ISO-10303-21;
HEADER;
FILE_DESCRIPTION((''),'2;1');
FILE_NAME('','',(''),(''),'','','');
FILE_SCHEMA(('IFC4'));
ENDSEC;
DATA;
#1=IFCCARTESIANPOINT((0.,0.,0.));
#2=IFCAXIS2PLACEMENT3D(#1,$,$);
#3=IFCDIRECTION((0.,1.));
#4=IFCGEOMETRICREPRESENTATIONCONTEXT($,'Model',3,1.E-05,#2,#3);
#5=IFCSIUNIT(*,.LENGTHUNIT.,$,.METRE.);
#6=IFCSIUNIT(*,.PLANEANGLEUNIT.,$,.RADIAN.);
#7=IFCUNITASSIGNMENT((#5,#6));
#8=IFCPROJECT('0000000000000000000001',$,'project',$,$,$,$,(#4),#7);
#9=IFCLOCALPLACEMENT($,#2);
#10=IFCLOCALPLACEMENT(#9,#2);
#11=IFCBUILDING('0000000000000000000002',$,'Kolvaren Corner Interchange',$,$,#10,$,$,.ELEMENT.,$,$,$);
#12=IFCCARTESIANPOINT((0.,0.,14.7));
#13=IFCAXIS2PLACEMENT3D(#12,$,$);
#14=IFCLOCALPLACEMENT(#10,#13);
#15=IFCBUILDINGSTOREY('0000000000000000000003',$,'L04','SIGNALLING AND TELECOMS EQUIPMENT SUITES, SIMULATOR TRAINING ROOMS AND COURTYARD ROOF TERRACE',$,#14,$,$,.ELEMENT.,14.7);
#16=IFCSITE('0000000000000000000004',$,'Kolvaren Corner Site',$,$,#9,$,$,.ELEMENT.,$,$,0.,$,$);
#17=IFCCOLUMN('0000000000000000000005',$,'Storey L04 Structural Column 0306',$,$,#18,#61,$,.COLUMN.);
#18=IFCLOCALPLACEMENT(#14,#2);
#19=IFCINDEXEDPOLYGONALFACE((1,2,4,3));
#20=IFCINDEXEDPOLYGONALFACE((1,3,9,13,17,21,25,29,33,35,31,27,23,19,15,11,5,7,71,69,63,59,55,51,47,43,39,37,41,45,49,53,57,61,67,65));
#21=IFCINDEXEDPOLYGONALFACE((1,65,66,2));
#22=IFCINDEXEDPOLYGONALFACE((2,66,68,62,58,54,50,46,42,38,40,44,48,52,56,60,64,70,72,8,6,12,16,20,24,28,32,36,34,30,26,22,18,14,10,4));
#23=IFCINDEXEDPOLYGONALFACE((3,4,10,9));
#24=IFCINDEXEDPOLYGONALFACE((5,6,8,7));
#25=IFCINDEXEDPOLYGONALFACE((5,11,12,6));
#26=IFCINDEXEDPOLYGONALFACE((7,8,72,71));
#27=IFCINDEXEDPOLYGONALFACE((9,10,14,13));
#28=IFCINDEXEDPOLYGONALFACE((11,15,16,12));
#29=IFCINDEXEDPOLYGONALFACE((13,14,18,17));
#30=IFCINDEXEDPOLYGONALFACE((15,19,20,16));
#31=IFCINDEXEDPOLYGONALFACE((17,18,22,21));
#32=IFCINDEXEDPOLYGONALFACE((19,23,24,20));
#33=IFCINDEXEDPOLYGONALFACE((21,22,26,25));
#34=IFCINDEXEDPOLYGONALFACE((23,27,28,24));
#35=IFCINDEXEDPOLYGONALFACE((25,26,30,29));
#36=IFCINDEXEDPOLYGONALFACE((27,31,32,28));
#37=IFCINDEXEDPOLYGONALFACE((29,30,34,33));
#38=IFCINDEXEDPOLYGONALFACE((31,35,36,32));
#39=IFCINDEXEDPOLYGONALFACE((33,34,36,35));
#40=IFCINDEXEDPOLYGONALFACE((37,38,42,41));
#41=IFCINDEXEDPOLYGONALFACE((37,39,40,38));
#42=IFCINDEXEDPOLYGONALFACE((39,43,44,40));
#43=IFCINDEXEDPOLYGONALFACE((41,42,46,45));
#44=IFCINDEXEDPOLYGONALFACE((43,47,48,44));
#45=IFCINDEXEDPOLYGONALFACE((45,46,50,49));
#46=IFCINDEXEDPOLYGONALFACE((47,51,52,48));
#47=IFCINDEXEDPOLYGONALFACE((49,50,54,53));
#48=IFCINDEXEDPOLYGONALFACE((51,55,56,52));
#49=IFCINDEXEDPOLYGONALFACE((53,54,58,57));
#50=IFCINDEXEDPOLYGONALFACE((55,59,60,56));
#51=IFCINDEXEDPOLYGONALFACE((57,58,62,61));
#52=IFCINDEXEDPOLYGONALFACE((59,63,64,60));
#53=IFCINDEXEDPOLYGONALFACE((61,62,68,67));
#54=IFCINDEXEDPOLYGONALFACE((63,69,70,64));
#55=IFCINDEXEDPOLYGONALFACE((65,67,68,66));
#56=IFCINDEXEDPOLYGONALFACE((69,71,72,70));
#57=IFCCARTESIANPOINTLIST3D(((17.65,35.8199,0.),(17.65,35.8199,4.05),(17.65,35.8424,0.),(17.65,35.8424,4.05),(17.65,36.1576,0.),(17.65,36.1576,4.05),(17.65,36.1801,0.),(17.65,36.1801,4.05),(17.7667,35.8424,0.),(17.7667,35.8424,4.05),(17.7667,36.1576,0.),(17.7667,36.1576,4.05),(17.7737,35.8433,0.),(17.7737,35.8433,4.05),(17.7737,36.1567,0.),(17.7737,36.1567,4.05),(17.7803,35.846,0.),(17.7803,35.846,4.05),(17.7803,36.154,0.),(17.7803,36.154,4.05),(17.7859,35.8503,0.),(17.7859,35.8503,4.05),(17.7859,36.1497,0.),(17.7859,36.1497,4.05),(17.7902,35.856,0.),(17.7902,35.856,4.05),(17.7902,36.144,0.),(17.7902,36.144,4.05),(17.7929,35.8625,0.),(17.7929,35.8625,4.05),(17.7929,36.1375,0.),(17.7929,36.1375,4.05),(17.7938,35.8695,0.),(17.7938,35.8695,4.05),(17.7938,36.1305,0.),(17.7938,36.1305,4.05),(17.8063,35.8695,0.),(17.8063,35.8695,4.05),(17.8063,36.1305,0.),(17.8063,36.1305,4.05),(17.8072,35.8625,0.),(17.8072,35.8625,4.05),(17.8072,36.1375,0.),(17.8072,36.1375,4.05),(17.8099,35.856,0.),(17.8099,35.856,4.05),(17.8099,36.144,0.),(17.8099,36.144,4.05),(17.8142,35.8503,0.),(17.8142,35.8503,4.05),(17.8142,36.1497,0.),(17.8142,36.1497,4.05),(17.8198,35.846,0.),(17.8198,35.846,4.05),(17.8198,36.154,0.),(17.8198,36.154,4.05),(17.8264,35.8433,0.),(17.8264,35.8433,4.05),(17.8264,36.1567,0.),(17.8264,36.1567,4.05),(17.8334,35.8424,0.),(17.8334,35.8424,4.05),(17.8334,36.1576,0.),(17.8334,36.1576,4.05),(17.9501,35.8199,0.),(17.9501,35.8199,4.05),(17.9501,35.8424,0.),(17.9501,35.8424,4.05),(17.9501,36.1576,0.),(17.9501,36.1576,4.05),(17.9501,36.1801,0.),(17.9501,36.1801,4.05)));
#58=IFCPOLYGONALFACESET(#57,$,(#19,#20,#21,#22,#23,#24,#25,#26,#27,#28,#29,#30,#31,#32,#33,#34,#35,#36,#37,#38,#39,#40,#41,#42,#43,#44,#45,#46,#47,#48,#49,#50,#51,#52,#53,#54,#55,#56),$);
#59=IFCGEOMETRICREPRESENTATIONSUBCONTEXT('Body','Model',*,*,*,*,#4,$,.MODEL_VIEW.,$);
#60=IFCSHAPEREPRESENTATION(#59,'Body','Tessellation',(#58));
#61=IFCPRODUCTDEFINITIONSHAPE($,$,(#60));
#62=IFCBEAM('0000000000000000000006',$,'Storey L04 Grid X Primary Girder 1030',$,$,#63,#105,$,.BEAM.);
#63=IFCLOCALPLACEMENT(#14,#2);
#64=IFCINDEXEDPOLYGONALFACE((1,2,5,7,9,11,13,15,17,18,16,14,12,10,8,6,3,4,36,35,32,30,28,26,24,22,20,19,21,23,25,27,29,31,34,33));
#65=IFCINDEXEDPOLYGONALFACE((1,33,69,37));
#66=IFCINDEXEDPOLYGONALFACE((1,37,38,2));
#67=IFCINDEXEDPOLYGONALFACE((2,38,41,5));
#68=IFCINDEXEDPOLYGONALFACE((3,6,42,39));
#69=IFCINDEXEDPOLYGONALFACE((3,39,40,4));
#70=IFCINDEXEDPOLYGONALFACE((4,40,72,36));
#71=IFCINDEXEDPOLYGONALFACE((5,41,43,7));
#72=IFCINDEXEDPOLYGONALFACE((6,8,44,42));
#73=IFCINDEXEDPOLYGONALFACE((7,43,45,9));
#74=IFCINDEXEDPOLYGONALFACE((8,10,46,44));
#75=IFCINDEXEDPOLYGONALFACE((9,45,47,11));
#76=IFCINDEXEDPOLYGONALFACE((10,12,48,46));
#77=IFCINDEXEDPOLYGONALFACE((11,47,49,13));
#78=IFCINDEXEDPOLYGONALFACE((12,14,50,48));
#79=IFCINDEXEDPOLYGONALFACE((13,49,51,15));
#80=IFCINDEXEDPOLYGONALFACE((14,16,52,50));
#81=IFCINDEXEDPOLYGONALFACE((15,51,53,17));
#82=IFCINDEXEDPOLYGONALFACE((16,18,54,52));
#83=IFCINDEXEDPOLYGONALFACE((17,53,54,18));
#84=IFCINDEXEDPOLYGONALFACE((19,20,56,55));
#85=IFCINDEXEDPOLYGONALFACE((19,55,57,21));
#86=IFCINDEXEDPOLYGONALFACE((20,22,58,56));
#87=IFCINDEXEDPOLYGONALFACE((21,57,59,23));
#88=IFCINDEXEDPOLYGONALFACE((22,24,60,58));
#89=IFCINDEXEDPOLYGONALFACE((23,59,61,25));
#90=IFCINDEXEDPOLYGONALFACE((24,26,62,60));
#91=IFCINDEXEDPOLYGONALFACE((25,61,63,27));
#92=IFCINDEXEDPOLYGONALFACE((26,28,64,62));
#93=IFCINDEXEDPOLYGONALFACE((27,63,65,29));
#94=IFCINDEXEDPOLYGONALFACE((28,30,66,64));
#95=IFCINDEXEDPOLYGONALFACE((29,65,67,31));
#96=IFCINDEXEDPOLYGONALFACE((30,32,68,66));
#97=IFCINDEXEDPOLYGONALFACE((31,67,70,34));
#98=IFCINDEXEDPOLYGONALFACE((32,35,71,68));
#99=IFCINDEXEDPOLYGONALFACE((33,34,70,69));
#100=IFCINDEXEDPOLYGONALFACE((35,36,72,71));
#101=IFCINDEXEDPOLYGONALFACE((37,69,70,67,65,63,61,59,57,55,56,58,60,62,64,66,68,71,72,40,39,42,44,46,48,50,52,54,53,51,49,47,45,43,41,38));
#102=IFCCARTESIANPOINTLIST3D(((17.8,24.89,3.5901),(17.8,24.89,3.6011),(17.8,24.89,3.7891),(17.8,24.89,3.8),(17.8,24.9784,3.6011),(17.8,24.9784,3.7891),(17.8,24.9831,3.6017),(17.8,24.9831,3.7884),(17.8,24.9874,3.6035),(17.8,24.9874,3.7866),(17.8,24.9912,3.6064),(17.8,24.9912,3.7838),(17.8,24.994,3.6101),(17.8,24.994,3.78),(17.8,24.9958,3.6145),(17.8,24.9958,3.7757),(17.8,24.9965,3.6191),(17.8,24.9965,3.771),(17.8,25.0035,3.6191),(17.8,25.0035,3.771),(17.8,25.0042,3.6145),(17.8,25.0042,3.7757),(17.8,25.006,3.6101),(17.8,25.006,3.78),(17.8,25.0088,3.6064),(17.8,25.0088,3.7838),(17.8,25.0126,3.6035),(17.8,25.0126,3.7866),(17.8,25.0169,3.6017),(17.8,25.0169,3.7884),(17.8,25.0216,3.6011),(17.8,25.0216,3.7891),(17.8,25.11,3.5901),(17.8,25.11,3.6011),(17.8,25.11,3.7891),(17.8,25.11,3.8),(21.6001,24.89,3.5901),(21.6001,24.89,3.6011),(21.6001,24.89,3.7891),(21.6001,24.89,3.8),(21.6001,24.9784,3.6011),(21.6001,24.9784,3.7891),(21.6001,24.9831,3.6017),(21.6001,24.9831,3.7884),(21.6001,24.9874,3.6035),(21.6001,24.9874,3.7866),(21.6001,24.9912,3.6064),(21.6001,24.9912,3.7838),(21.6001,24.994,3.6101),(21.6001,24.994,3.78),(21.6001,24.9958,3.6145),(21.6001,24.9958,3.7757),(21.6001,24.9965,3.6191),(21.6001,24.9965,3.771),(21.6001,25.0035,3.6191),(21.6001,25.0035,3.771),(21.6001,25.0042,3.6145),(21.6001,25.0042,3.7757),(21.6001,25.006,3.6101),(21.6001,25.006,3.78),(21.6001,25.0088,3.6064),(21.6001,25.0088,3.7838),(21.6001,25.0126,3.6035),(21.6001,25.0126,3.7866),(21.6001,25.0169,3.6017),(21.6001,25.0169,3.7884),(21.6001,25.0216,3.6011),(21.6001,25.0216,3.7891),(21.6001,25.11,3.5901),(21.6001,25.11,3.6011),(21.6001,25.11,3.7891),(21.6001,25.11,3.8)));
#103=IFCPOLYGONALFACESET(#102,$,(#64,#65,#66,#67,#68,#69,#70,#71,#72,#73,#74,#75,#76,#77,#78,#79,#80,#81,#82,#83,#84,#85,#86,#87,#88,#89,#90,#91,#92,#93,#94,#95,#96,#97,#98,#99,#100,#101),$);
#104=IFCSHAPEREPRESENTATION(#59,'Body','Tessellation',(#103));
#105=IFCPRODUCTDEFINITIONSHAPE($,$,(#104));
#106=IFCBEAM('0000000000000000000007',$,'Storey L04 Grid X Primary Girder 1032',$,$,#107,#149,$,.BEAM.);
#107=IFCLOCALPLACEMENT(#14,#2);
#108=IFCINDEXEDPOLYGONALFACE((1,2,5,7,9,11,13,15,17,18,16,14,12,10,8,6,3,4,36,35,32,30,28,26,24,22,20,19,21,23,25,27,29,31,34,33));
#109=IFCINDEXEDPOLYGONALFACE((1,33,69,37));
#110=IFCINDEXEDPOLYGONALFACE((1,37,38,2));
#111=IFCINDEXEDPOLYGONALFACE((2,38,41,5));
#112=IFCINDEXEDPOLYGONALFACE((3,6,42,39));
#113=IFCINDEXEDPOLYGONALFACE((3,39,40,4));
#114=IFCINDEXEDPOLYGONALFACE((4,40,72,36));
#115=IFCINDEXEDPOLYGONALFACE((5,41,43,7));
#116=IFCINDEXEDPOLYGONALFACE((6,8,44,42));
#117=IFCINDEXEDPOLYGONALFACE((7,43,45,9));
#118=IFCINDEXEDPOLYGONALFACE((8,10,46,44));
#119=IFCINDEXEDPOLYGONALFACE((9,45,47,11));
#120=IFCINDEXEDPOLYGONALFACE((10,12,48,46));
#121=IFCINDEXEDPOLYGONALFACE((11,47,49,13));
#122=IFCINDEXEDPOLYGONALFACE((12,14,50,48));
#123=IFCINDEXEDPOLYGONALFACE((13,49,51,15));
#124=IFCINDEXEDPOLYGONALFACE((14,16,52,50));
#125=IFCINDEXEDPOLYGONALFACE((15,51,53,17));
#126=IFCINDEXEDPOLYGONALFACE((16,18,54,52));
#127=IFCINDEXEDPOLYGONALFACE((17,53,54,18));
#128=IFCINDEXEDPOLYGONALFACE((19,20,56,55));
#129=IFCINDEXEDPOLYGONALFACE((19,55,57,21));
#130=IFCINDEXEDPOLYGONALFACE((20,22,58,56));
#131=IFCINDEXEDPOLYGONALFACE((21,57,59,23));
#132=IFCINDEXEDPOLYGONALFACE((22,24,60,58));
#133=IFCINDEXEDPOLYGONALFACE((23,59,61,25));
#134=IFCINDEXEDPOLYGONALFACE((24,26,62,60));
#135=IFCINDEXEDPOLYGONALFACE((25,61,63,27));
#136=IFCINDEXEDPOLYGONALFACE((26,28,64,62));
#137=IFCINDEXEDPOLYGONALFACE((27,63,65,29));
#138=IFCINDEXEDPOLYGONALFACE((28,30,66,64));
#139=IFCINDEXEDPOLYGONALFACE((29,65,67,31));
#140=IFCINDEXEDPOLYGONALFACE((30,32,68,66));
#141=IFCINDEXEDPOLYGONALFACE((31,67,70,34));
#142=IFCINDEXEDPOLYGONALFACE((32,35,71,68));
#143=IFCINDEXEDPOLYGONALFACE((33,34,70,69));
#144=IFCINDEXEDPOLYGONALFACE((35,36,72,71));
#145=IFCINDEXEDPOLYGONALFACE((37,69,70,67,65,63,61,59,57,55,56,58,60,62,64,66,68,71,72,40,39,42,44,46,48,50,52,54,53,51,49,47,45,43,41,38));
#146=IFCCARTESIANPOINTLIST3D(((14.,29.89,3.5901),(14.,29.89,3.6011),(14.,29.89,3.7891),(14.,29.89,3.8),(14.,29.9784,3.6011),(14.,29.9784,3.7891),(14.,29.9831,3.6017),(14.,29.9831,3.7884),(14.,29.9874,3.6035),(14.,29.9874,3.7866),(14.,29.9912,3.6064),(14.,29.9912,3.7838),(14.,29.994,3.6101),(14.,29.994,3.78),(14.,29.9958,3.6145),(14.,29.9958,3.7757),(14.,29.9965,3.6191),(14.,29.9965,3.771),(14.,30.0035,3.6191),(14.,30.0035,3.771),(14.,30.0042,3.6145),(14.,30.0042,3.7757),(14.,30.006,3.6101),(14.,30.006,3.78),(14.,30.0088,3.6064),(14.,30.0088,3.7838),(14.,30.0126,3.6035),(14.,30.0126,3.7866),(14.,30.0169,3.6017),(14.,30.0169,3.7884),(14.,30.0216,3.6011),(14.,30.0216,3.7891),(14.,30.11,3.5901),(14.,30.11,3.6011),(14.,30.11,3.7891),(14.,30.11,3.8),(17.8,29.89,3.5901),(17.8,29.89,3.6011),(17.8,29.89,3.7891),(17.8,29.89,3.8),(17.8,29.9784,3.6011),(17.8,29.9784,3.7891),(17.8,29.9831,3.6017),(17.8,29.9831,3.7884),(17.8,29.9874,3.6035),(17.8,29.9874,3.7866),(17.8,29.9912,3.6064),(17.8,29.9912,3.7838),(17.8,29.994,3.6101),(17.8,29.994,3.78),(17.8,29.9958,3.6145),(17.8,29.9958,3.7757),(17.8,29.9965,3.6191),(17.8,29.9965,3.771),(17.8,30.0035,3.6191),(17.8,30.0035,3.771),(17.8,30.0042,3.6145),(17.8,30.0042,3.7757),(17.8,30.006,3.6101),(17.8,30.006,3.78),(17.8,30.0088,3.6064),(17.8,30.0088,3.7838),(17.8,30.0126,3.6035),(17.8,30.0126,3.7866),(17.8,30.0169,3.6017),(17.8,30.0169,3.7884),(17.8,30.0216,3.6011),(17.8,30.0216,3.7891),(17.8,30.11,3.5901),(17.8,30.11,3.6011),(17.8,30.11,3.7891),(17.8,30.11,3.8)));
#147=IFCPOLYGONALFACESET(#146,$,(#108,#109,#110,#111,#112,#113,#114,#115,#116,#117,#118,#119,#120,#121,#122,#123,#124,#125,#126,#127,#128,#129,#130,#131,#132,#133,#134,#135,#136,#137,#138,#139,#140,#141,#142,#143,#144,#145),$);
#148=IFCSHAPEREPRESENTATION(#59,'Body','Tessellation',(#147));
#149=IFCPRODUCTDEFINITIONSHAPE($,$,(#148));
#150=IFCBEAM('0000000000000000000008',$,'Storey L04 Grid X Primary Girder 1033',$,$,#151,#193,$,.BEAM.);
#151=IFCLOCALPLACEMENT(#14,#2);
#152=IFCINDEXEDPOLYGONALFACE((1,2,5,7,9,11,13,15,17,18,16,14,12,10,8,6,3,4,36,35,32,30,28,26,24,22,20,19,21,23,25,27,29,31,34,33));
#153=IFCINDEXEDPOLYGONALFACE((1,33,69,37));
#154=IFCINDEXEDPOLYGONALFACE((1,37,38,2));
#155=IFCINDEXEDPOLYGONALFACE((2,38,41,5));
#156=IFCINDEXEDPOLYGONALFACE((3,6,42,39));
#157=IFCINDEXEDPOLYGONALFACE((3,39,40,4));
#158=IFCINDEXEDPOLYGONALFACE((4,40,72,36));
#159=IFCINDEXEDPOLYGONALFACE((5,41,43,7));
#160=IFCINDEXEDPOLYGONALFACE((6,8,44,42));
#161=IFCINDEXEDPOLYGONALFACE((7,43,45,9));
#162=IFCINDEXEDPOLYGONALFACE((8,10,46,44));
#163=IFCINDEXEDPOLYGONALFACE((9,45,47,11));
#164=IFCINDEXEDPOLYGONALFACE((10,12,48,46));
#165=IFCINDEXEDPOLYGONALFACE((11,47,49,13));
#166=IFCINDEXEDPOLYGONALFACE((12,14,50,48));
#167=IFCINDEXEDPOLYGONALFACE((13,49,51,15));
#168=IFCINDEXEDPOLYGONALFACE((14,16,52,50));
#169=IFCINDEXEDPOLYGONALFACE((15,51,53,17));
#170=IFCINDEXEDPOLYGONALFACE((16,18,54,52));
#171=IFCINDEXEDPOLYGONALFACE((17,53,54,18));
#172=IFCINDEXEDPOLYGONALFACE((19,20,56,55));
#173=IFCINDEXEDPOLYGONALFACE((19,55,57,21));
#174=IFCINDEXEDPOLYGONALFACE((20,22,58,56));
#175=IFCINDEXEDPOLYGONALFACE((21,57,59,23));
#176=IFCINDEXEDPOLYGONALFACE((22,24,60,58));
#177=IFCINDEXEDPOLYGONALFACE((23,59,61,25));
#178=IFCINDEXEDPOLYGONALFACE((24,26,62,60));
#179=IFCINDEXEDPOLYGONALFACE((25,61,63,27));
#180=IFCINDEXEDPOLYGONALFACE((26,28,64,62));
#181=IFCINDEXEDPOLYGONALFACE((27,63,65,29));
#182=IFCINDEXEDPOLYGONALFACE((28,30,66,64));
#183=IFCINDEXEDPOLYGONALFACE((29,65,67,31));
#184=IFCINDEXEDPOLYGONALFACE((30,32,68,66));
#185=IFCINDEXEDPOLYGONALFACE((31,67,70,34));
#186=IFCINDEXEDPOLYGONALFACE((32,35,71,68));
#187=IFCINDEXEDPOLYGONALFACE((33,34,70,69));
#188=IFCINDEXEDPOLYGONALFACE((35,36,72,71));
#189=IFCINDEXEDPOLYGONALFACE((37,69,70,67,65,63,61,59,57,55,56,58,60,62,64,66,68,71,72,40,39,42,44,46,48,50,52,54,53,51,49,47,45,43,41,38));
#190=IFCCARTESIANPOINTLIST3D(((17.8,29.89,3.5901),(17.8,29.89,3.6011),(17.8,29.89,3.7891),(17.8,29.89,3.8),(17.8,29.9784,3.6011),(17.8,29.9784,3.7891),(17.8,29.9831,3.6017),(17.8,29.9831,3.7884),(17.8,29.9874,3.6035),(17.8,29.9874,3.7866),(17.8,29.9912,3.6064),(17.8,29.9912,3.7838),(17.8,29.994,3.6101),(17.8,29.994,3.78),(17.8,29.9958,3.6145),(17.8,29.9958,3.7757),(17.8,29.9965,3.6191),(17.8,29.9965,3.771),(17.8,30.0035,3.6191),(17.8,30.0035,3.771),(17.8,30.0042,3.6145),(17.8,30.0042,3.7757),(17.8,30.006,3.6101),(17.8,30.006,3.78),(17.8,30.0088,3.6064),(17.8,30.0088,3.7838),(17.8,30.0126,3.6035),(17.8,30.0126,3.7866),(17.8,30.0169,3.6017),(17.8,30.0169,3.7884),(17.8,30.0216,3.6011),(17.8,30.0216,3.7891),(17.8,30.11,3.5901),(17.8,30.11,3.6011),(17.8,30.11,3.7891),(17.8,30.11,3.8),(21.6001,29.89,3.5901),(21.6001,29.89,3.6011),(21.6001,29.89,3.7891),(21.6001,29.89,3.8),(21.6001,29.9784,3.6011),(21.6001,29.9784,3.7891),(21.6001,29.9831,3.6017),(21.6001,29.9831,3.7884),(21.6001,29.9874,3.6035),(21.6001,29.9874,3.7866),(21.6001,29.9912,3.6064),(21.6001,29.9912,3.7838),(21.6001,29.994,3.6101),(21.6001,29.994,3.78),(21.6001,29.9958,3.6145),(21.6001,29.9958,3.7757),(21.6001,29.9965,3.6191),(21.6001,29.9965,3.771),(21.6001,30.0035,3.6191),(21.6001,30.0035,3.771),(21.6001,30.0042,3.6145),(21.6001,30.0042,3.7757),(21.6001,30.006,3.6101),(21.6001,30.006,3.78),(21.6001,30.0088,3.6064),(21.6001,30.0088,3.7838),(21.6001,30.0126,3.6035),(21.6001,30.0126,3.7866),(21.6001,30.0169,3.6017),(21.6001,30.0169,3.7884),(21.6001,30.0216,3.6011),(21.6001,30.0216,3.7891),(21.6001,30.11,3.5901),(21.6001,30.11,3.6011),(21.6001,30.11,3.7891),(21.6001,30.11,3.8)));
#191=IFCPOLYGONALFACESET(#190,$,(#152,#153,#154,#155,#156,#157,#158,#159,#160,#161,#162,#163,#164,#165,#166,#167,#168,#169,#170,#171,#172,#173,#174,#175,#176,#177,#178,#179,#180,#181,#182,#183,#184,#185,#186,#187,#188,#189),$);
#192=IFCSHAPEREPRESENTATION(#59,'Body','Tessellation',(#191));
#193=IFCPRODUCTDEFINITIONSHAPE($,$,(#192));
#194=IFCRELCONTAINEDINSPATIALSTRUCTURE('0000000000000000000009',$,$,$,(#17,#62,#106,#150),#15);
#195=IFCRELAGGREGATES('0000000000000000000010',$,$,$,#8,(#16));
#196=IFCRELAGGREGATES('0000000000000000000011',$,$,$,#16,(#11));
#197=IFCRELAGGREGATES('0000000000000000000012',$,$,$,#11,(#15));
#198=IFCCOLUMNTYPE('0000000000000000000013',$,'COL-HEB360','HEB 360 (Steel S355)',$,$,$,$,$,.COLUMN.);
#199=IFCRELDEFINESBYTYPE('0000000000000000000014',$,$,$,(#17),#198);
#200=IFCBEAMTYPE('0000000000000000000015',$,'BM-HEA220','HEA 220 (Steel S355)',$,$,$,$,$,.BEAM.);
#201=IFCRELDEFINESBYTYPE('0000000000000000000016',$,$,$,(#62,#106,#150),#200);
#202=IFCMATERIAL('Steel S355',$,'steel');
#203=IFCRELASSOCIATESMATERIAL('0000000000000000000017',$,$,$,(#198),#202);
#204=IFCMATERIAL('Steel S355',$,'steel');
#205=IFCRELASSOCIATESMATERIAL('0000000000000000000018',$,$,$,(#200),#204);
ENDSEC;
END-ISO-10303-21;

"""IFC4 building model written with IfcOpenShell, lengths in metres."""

from ifc_helpers import new_model, si_unit, direction, frame, origin, origin_2d, place, context, subcontext, project, spatial, i_section, extrude, material, material_profile, profile_set, type_object, element, save


model = new_model("IFC4")

# Units and contexts
model_context = context("Model", 3, precision=1e-05, world=origin(), true_north=direction((0.0, 1.0)))
body_context = subcontext(model_context, "Body", "Model", "MODEL_VIEW")
ifc_project = project(units=[si_unit("LENGTHUNIT", "METRE"), si_unit("PLANEANGLEUNIT", "RADIAN")], contexts=[model_context])

# Site, building, storey
site_placement = place(None, origin())
site = spatial("IfcSite", under=ifc_project, at=site_placement, Name="Kolvaren Corner Site", CompositionType="ELEMENT", RefElevation=0.0)
building_placement = place(site_placement, origin())
building = spatial("IfcBuilding", under=site, at=building_placement, Name="Kolvaren Corner Interchange", CompositionType="ELEMENT")
storey_placement = place(building_placement, frame((0.0, 0.0, 14.7)))
storey = spatial("IfcBuildingStorey", under=building, at=storey_placement, Name="L04", Description="SIGNALLING AND TELECOMS EQUIPMENT SUITES, SIMULATOR TRAINING ROOMS AND COURTYARD ROOF TERRACE", CompositionType="ELEMENT", Elevation=14.7)

# Column
ifc_material_1 = material(Name="Steel S355", Category="steel")
ifc_material_profile_1 = material_profile(ifc_material_1, i_section(OverallWidth=0.3, OverallDepth=0.3601, WebThickness=0.0125, FlangeThickness=0.0225, FilletRadius=0.0271, at=origin_2d()), Name="HEB 360")
ifc_profile_set_1 = profile_set([ifc_material_profile_1], Name="Steel S355")
column_type = type_object("IfcColumnType", Name="COL-HEB360", Description="HEB 360 (Steel S355)", PredefinedType="COLUMN", material=ifc_profile_set_1)
for number, where, z_axis, x_axis, name in (
    (1, (17.8, 36.0, 0.0), (0.0, 0.0, 1.0), (1.0, 0.0, 0.0), "Storey L04 Structural Column 0306"),
):
    element("IfcColumn", number, at=place(storey_placement, frame(where, z_axis=z_axis, x_axis=x_axis)), inside=storey, type_object=column_type, Name=name, PredefinedType="COLUMN", context=body_context, shape_type="SweptSolid", body=[
        extrude(i_section(OverallWidth=0.3, OverallDepth=0.3601, WebThickness=0.0125, FlangeThickness=0.0225, FilletRadius=0.0271, at=origin_2d()), origin(), (0.0, 0.0, 1.0), 4.05),
    ])

# Beams
ifc_material_2 = material(Name="Steel S355", Category="steel")
ifc_material_profile_2 = material_profile(ifc_material_2, i_section(OverallWidth=0.22, OverallDepth=0.21, WebThickness=0.0071, FlangeThickness=0.011, FilletRadius=0.0181, at=origin_2d()), Name="HEA 220")
ifc_profile_set_2 = profile_set([ifc_material_profile_2], Name="Steel S355")
beam_type_1 = type_object("IfcBeamType", Name="BM-HEA220", Description="HEA 220 (Steel S355)", PredefinedType="BEAM", material=ifc_profile_set_2)
for number, where, z_axis, x_axis, name in (
    (2, (17.8, 25.0, 3.6951), (1.0, 0.0, 0.0), (0.0, 1.0, 0.0), "Storey L04 Grid X Primary Girder 1030"),
    (3, (14.0, 30.0, 3.6951), (1.0, 0.0, 0.0), (0.0, 1.0, 0.0), "Storey L04 Grid X Primary Girder 1032"),
    (4, (17.8, 30.0, 3.6951), (1.0, 0.0, 0.0), (0.0, 1.0, 0.0), "Storey L04 Grid X Primary Girder 1033"),
):
    element("IfcBeam", number, at=place(storey_placement, frame(where, z_axis=z_axis, x_axis=x_axis)), inside=storey, type_object=beam_type_1, Name=name, PredefinedType="BEAM", context=body_context, shape_type="SweptSolid", body=[
        extrude(i_section(OverallWidth=0.22, OverallDepth=0.21, WebThickness=0.0071, FlangeThickness=0.011, FilletRadius=0.0181, at=origin_2d()), origin(), (0.0, 0.0, 1.0), 3.8),
    ])

save(model, "model.ifc")
